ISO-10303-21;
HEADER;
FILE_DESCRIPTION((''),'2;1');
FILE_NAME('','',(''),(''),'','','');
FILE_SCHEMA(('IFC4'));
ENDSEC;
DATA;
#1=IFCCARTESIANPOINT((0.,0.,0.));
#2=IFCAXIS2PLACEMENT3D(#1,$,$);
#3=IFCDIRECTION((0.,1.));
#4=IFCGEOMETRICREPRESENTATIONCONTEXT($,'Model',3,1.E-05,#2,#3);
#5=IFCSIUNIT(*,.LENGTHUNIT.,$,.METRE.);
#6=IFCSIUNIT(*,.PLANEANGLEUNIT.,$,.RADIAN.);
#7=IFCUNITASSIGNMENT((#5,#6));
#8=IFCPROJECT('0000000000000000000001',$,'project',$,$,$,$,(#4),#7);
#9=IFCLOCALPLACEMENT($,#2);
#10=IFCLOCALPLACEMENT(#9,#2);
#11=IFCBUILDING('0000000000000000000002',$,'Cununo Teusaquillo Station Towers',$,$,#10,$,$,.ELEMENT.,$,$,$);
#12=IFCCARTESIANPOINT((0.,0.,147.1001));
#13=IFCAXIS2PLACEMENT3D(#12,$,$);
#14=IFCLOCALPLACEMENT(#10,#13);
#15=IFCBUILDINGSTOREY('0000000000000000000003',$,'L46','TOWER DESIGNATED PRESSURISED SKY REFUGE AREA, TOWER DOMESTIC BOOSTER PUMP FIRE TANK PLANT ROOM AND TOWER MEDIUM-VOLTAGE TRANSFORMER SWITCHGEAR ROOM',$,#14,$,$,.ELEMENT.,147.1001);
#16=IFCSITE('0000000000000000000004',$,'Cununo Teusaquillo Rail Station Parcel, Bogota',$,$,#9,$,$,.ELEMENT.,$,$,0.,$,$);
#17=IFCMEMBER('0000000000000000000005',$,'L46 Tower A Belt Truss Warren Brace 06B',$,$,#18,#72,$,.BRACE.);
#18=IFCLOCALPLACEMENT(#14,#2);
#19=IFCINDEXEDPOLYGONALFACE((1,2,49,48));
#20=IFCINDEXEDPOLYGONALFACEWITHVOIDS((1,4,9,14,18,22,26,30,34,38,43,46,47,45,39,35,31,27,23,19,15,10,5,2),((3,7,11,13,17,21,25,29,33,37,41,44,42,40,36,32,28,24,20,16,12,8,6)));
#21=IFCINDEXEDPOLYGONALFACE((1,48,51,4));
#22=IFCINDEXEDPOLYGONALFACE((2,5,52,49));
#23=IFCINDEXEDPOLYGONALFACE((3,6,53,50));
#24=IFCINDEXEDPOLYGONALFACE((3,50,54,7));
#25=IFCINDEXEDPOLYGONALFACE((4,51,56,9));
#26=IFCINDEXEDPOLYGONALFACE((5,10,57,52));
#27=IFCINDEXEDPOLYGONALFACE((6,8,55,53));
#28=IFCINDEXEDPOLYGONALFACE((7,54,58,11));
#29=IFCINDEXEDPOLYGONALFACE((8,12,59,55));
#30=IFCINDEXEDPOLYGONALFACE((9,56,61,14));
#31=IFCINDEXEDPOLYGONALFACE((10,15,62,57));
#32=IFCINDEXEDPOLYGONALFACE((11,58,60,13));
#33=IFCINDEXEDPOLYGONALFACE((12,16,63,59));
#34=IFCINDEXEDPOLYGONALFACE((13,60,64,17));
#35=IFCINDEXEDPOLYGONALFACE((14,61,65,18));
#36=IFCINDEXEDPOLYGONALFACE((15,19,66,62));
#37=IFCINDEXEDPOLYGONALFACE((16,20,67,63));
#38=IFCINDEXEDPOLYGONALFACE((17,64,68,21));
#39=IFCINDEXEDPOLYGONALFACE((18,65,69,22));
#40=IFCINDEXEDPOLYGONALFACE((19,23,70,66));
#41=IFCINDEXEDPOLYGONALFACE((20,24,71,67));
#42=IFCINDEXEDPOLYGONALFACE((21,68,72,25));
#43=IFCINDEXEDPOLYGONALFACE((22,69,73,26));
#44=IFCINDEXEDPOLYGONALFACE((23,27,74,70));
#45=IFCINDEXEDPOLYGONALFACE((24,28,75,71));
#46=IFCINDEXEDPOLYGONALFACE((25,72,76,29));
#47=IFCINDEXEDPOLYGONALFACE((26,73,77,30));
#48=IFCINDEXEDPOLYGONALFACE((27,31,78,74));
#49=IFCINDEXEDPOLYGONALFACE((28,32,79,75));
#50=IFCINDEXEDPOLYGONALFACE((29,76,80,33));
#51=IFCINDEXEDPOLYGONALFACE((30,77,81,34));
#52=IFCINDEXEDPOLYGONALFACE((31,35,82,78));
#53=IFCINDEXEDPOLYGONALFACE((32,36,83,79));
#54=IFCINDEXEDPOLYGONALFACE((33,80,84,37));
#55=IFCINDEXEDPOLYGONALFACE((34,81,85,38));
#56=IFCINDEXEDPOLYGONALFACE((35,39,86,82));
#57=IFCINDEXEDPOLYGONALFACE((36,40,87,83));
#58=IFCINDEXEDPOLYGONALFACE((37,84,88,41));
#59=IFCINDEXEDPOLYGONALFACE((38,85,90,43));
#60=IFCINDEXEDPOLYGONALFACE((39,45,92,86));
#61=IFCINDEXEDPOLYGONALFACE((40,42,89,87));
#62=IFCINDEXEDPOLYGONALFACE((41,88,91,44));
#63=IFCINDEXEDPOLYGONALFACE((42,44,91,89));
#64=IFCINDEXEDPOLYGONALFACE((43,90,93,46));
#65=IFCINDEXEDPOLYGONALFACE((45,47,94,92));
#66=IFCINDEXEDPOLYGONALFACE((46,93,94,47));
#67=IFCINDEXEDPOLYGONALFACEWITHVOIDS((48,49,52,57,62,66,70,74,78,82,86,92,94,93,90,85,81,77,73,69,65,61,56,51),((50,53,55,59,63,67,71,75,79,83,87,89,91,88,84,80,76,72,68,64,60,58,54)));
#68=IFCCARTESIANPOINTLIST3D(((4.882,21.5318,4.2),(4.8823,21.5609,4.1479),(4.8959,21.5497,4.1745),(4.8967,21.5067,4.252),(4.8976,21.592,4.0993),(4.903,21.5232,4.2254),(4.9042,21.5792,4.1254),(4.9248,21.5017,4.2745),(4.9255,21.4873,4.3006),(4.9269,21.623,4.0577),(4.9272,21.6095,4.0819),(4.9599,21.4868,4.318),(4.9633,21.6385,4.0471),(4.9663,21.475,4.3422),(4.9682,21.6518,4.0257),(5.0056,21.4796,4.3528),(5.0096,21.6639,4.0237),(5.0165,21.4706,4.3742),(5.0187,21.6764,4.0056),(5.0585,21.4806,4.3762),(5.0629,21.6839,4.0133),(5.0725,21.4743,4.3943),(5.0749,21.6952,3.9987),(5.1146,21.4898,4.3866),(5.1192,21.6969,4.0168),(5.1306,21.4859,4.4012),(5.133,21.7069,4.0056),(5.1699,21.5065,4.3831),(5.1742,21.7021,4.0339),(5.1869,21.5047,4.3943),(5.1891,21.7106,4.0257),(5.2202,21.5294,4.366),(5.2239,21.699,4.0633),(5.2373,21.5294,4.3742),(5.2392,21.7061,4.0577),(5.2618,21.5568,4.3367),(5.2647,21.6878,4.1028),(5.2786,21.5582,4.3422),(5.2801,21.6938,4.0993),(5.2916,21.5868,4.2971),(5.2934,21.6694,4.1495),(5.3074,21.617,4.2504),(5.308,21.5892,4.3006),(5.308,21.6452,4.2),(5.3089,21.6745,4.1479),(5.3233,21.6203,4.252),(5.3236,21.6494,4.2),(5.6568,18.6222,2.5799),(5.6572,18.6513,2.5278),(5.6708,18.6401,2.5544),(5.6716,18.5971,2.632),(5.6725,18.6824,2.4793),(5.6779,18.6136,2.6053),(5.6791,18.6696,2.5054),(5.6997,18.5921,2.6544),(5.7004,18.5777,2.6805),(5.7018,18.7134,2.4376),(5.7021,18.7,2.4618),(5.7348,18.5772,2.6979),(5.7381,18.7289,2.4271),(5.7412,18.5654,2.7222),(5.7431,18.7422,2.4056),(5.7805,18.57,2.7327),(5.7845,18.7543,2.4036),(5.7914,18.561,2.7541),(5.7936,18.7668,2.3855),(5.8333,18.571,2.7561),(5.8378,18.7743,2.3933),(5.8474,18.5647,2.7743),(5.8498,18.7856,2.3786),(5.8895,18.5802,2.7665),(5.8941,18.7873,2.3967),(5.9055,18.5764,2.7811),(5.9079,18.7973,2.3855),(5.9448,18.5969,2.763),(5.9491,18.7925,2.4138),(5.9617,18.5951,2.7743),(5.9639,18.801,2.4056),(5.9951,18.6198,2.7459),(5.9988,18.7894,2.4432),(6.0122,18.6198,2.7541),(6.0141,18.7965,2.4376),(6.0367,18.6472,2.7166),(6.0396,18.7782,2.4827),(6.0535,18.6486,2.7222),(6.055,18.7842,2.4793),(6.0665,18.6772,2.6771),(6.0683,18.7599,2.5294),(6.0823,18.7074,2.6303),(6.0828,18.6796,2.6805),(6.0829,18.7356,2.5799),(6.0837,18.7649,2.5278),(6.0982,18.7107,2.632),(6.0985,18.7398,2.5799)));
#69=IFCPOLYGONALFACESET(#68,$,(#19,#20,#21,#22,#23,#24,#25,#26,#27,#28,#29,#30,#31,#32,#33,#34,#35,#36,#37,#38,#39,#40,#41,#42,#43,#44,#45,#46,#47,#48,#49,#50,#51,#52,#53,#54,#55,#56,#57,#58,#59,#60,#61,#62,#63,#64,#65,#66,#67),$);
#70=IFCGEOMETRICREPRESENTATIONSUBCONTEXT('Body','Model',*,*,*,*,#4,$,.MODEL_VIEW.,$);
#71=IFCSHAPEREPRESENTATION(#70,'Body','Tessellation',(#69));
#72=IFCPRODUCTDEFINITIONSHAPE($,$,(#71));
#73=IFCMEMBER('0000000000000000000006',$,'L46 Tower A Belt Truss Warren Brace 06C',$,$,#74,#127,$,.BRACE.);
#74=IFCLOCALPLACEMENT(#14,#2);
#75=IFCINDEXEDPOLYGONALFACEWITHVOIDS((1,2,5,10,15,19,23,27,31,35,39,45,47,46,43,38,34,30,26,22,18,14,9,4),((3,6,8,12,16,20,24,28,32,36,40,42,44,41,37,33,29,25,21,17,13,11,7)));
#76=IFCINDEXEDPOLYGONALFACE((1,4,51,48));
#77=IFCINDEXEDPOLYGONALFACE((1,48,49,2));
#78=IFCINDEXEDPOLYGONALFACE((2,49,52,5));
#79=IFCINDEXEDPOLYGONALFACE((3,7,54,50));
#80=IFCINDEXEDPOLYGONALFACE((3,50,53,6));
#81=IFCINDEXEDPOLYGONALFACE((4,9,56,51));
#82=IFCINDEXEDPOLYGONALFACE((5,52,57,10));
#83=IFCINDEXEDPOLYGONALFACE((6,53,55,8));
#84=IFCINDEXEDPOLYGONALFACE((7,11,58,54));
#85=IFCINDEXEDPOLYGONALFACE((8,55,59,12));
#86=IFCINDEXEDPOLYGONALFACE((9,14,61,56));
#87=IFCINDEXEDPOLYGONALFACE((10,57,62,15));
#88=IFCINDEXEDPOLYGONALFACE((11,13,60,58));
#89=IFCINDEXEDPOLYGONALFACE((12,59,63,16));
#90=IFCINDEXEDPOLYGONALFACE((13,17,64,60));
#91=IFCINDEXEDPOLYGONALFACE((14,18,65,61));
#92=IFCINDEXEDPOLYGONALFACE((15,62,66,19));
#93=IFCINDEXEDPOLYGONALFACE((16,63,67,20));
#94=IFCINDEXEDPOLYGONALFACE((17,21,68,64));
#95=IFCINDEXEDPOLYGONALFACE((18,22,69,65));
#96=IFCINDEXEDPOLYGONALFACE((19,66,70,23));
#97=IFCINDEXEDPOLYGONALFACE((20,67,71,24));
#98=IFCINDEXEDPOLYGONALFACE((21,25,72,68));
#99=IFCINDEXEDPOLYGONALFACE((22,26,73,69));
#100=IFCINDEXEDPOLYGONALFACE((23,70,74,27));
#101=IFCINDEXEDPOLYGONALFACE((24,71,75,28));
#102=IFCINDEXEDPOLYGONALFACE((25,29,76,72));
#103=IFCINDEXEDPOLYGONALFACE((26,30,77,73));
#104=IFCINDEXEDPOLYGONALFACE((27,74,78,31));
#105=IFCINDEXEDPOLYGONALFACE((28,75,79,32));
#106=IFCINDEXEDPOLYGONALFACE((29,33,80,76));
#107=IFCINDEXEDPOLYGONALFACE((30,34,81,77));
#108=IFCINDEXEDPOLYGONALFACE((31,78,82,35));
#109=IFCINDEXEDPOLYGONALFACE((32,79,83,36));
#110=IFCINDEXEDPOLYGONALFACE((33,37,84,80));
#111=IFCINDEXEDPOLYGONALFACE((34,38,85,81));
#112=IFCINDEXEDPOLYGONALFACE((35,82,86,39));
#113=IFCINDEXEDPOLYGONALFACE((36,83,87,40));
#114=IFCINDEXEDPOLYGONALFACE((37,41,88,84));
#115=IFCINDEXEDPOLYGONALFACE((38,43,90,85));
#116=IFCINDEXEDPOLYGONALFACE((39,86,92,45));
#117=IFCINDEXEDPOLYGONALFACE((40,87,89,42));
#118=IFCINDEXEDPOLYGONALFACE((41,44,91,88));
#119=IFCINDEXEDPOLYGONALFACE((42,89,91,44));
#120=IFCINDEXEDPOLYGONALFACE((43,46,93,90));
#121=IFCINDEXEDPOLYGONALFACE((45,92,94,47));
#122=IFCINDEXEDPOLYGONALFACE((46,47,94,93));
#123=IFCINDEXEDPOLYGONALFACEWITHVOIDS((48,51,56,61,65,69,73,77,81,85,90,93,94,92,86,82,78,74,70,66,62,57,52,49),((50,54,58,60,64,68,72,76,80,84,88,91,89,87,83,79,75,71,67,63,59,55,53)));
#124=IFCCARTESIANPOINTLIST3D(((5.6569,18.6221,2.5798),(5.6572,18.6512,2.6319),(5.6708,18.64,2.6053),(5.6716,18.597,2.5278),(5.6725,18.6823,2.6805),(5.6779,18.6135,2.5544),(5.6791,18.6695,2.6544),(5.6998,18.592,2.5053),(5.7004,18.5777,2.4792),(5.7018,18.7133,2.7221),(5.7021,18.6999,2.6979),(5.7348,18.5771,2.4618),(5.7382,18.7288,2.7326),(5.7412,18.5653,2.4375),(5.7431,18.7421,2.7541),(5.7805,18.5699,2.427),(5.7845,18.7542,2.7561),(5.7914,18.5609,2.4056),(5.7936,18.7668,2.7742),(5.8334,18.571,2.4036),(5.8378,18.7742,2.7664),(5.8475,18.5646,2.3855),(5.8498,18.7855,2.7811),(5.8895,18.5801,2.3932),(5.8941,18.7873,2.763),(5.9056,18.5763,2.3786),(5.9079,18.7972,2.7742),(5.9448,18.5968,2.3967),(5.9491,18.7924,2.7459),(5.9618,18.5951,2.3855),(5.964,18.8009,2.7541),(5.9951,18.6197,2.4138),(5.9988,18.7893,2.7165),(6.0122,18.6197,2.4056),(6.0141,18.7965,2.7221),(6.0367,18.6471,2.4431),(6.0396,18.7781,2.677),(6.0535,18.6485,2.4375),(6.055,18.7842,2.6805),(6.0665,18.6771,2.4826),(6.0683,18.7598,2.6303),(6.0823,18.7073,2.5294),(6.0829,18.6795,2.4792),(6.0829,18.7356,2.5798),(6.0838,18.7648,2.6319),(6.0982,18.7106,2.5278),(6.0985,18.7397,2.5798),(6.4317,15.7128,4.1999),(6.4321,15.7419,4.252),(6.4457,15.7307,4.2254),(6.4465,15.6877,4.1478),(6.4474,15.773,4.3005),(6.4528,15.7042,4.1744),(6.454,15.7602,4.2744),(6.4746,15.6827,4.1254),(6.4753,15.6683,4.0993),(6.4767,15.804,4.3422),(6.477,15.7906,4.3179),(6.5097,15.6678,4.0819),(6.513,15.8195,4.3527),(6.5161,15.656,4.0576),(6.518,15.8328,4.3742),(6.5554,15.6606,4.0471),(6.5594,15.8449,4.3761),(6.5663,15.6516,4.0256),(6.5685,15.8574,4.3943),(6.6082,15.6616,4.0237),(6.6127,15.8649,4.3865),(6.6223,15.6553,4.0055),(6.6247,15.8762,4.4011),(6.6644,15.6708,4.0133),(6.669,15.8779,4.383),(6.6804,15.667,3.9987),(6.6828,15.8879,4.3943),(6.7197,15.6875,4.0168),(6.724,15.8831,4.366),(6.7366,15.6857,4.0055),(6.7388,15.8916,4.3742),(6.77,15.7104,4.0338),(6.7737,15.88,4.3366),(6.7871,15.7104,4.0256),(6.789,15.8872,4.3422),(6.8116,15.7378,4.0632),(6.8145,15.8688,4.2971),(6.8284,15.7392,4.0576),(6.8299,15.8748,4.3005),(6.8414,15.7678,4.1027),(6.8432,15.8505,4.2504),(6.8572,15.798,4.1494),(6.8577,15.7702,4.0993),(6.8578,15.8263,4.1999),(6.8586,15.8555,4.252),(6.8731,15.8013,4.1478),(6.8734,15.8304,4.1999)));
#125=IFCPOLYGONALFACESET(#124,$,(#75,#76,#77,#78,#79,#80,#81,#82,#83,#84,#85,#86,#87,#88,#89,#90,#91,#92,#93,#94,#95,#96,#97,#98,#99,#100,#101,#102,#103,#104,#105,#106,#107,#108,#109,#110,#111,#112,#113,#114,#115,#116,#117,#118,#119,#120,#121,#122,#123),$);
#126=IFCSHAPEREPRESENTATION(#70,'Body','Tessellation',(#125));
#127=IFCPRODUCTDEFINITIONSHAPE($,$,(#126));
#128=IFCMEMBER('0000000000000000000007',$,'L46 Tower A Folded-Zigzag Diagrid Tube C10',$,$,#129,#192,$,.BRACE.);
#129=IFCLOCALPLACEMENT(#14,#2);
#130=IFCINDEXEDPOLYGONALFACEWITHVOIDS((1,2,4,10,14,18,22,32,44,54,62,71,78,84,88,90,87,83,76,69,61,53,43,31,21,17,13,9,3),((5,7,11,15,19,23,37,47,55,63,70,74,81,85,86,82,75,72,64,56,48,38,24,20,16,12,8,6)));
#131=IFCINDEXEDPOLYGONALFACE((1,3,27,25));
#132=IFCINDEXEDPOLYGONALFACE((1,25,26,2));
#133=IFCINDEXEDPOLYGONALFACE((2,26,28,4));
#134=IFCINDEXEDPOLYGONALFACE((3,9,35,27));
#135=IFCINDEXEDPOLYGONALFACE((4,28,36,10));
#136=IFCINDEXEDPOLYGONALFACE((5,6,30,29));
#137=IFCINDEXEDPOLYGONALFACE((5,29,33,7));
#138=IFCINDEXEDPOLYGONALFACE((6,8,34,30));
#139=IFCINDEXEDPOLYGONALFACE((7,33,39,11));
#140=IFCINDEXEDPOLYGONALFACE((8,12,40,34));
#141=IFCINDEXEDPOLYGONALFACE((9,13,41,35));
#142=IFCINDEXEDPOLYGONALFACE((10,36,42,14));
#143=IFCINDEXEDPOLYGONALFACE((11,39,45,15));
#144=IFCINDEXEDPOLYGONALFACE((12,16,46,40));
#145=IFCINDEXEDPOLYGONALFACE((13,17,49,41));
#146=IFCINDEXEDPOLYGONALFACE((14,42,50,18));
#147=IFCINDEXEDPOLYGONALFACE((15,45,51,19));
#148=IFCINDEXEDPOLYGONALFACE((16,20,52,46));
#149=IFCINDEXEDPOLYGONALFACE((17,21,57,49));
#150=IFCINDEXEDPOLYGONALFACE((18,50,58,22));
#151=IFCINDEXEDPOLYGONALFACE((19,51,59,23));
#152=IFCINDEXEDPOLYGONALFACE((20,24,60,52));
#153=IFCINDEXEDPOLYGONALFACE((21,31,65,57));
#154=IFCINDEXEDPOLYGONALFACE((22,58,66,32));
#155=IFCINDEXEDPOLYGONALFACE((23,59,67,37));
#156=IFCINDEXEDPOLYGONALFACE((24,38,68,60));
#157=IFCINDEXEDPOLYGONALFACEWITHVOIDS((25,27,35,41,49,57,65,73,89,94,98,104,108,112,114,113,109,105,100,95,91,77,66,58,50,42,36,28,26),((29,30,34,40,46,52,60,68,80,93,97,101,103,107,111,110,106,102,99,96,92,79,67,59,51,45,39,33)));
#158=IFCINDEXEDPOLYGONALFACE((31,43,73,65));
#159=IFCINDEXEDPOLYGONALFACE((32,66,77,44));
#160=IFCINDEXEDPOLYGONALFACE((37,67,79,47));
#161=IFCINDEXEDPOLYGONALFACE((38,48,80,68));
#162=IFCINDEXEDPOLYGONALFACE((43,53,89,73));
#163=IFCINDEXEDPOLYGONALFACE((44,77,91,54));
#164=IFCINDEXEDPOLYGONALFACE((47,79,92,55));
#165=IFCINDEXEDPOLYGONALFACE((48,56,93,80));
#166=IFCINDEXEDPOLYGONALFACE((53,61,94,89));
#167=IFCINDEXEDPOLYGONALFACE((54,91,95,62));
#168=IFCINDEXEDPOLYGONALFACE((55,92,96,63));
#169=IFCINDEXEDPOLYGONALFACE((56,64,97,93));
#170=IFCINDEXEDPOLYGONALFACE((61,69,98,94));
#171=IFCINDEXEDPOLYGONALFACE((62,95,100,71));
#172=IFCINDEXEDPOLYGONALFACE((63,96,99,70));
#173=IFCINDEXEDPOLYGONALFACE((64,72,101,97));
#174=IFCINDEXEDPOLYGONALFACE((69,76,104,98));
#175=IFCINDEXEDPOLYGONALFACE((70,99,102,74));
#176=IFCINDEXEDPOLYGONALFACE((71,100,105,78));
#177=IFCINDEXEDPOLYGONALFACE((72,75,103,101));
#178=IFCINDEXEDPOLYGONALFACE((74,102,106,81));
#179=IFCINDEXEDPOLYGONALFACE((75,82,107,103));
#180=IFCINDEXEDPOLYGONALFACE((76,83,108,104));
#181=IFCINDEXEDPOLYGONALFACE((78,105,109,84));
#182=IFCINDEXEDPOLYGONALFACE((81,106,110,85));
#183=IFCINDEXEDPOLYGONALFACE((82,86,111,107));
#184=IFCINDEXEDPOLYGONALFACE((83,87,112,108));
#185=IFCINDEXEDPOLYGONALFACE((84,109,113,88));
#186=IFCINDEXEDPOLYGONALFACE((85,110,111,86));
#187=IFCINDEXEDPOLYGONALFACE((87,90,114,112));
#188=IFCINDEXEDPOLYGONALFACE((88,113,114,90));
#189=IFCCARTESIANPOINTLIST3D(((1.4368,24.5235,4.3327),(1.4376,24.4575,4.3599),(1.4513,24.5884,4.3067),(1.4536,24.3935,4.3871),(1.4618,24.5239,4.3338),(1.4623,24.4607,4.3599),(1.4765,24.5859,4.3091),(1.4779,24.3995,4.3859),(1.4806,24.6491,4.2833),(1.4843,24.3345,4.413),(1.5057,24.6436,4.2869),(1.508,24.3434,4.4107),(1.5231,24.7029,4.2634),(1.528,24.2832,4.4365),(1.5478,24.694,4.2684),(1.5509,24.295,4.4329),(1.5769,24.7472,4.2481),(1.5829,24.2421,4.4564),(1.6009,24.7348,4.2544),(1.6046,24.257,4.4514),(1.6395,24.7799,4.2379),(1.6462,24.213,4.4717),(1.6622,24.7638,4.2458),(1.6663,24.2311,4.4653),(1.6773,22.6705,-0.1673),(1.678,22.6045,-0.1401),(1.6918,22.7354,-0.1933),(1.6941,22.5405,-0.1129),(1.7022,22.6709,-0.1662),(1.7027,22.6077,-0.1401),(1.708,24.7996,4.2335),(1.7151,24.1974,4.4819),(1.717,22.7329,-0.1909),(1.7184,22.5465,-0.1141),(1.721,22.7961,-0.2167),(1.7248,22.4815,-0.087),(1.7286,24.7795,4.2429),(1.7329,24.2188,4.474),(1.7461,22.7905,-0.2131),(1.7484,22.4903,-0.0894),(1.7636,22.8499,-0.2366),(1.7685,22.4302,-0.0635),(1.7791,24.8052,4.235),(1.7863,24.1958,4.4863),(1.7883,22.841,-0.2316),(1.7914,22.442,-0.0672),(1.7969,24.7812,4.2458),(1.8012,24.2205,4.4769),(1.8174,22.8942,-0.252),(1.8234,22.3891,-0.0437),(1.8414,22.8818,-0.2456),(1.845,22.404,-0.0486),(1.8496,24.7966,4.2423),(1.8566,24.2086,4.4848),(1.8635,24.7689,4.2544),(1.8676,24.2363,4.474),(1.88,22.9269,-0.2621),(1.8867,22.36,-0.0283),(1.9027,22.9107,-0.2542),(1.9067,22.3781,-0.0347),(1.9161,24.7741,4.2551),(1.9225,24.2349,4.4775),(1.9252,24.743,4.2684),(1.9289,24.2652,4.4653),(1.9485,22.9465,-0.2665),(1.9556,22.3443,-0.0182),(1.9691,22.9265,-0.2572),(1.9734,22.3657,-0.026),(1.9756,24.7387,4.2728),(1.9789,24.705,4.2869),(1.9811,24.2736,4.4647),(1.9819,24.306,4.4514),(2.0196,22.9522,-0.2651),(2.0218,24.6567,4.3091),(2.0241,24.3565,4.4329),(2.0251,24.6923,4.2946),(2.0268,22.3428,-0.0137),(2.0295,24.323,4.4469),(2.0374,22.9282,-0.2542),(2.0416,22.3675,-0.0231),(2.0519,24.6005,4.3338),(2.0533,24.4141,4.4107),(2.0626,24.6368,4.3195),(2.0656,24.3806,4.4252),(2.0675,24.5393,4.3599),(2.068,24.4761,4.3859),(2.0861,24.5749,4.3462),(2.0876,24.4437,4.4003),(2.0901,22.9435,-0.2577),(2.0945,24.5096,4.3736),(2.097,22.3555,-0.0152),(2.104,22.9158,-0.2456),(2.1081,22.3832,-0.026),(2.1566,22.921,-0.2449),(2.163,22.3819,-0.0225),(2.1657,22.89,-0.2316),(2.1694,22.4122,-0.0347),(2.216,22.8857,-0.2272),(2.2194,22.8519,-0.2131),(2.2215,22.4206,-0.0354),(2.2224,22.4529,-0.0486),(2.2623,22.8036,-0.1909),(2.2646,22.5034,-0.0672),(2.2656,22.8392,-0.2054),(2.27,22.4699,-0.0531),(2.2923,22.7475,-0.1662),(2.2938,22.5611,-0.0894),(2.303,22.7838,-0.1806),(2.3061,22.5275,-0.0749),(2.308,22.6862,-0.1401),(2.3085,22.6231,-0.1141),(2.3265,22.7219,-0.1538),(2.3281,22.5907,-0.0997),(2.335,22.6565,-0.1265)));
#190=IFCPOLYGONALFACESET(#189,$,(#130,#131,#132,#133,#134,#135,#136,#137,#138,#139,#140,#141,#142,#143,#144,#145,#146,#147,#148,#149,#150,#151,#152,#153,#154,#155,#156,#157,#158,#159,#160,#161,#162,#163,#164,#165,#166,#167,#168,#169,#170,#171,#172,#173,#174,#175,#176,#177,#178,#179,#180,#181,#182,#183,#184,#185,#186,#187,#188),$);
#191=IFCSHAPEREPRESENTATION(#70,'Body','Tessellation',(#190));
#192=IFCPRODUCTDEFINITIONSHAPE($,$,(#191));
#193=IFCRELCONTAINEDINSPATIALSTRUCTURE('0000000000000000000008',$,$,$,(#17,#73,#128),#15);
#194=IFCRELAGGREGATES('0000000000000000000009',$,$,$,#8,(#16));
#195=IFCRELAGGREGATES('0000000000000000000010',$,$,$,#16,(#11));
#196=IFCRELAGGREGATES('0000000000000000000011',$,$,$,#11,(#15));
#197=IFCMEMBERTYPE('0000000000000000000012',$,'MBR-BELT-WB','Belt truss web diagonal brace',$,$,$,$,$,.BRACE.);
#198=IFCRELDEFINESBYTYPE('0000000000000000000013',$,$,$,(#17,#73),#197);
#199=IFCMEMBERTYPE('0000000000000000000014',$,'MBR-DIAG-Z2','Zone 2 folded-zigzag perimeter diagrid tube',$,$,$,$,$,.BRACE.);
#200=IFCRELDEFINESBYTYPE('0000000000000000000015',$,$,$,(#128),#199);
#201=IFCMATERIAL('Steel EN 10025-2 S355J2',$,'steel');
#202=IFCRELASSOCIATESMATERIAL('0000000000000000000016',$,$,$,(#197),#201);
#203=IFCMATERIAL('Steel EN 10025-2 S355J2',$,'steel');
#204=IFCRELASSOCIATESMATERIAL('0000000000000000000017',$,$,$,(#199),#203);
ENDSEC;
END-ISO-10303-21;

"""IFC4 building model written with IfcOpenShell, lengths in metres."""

from ifc_helpers import new_model, si_unit, direction, frame, origin, origin_2d, place, context, subcontext, project, spatial, hollow_circle, extrude, material, material_profile, profile_set, type_object, element, save


model = new_model("IFC4")

# Units and contexts
model_context = context("Model", 3, precision=1e-05, world=origin(), true_north=direction((0.0, 1.0)))
body_context = subcontext(model_context, "Body", "Model", "MODEL_VIEW")
ifc_project = project(units=[si_unit("LENGTHUNIT", "METRE"), si_unit("PLANEANGLEUNIT", "RADIAN")], contexts=[model_context])

# Site, building, storey
site_placement = place(None, origin())
site = spatial("IfcSite", under=ifc_project, at=site_placement, Name="Cununo Teusaquillo Rail Station Parcel, Bogota", CompositionType="ELEMENT", RefElevation=0.0)
building_placement = place(site_placement, origin())
building = spatial("IfcBuilding", under=site, at=building_placement, Name="Cununo Teusaquillo Station Towers", CompositionType="ELEMENT")
storey_placement = place(building_placement, frame((0.0, 0.0, 147.1001)))
storey = spatial("IfcBuildingStorey", under=building, at=storey_placement, Name="L46", Description="TOWER DESIGNATED PRESSURISED SKY REFUGE AREA, TOWER DOMESTIC BOOSTER PUMP FIRE TANK PLANT ROOM AND TOWER MEDIUM-VOLTAGE TRANSFORMER SWITCHGEAR ROOM", CompositionType="ELEMENT", Elevation=147.1001)

# Members
ifc_material_1 = material(Name="Steel EN 10025-2 S355J2", Category="steel")
ifc_material_profile_1 = material_profile(ifc_material_1, hollow_circle(Radius=0.2285, WallThickness=0.0161, at=origin_2d()), Name="CHS 457x16")
ifc_profile_set_1 = profile_set([ifc_material_profile_1], Name="Steel EN 10025-2 S355J2")
member_type_1 = type_object("IfcMemberType", Name="MBR-BELT-WB", Description="Belt truss web diagonal brace", PredefinedType="BRACE", material=ifc_profile_set_1)
member_1_placement = place(storey_placement, frame((5.1028, 21.5906, 4.2), z_axis=(0.226628, -0.850961, -0.473819), x_axis=(0.966318, 0.25735, 0.0)))
element("IfcMember", 1, at=member_1_placement, inside=storey, type_object=member_type_1, Name="L46 Tower A Belt Truss Warren Brace 06B", PredefinedType="BRACE", context=body_context, shape_type="SweptSolid", body=[
    extrude(hollow_circle(Radius=0.2285, WallThickness=0.0161, at=origin_2d()), origin(), (0.0, 0.0, 1.0), 3.4192),
])
member_2_placement = place(storey_placement, frame((5.8777, 18.6809, 2.5798), z_axis=(0.226642, -0.850942, 0.473848), x_axis=(0.966313, 0.25737, 0.0)))
element("IfcMember", 2, at=member_2_placement, inside=storey, type_object=member_type_1, Name="L46 Tower A Belt Truss Warren Brace 06C", PredefinedType="BRACE", context=body_context, shape_type="SweptSolid", body=[
    extrude(hollow_circle(Radius=0.2285, WallThickness=0.0161, at=origin_2d()), origin(), (0.0, 0.0, 1.0), 3.4189),
])
ifc_material_2 = material(Name="Steel EN 10025-2 S355J2", Category="steel")
ifc_material_profile_2 = material_profile(ifc_material_2, hollow_circle(Radius=0.3301, WallThickness=0.0249, at=origin_2d()), Name="CHS 660x25")
ifc_profile_set_2 = profile_set([ifc_material_profile_2], Name="Steel EN 10025-2 S355J2")
member_type_2 = type_object("IfcMemberType", Name="MBR-DIAG-Z2", Description="Zone 2 folded-zigzag perimeter diagrid tube", PredefinedType="BRACE", material=ifc_profile_set_2)
member_3_placement = place(storey_placement, frame((2.0054, 22.647, -0.1401), z_axis=(-0.049354, 0.380301, 0.923545), x_axis=(-0.991684, -0.128697, 0.0)))
element("IfcMember", 3, at=member_3_placement, inside=storey, type_object=member_type_2, Name="L46 Tower A Folded-Zigzag Diagrid Tube C10", PredefinedType="BRACE", context=body_context, shape_type="SweptSolid", body=[
    extrude(hollow_circle(Radius=0.3301, WallThickness=0.0249, at=origin_2d()), origin(), (0.0, 0.0, 1.0), 4.8726),
])

save(model, "model.ifc")
